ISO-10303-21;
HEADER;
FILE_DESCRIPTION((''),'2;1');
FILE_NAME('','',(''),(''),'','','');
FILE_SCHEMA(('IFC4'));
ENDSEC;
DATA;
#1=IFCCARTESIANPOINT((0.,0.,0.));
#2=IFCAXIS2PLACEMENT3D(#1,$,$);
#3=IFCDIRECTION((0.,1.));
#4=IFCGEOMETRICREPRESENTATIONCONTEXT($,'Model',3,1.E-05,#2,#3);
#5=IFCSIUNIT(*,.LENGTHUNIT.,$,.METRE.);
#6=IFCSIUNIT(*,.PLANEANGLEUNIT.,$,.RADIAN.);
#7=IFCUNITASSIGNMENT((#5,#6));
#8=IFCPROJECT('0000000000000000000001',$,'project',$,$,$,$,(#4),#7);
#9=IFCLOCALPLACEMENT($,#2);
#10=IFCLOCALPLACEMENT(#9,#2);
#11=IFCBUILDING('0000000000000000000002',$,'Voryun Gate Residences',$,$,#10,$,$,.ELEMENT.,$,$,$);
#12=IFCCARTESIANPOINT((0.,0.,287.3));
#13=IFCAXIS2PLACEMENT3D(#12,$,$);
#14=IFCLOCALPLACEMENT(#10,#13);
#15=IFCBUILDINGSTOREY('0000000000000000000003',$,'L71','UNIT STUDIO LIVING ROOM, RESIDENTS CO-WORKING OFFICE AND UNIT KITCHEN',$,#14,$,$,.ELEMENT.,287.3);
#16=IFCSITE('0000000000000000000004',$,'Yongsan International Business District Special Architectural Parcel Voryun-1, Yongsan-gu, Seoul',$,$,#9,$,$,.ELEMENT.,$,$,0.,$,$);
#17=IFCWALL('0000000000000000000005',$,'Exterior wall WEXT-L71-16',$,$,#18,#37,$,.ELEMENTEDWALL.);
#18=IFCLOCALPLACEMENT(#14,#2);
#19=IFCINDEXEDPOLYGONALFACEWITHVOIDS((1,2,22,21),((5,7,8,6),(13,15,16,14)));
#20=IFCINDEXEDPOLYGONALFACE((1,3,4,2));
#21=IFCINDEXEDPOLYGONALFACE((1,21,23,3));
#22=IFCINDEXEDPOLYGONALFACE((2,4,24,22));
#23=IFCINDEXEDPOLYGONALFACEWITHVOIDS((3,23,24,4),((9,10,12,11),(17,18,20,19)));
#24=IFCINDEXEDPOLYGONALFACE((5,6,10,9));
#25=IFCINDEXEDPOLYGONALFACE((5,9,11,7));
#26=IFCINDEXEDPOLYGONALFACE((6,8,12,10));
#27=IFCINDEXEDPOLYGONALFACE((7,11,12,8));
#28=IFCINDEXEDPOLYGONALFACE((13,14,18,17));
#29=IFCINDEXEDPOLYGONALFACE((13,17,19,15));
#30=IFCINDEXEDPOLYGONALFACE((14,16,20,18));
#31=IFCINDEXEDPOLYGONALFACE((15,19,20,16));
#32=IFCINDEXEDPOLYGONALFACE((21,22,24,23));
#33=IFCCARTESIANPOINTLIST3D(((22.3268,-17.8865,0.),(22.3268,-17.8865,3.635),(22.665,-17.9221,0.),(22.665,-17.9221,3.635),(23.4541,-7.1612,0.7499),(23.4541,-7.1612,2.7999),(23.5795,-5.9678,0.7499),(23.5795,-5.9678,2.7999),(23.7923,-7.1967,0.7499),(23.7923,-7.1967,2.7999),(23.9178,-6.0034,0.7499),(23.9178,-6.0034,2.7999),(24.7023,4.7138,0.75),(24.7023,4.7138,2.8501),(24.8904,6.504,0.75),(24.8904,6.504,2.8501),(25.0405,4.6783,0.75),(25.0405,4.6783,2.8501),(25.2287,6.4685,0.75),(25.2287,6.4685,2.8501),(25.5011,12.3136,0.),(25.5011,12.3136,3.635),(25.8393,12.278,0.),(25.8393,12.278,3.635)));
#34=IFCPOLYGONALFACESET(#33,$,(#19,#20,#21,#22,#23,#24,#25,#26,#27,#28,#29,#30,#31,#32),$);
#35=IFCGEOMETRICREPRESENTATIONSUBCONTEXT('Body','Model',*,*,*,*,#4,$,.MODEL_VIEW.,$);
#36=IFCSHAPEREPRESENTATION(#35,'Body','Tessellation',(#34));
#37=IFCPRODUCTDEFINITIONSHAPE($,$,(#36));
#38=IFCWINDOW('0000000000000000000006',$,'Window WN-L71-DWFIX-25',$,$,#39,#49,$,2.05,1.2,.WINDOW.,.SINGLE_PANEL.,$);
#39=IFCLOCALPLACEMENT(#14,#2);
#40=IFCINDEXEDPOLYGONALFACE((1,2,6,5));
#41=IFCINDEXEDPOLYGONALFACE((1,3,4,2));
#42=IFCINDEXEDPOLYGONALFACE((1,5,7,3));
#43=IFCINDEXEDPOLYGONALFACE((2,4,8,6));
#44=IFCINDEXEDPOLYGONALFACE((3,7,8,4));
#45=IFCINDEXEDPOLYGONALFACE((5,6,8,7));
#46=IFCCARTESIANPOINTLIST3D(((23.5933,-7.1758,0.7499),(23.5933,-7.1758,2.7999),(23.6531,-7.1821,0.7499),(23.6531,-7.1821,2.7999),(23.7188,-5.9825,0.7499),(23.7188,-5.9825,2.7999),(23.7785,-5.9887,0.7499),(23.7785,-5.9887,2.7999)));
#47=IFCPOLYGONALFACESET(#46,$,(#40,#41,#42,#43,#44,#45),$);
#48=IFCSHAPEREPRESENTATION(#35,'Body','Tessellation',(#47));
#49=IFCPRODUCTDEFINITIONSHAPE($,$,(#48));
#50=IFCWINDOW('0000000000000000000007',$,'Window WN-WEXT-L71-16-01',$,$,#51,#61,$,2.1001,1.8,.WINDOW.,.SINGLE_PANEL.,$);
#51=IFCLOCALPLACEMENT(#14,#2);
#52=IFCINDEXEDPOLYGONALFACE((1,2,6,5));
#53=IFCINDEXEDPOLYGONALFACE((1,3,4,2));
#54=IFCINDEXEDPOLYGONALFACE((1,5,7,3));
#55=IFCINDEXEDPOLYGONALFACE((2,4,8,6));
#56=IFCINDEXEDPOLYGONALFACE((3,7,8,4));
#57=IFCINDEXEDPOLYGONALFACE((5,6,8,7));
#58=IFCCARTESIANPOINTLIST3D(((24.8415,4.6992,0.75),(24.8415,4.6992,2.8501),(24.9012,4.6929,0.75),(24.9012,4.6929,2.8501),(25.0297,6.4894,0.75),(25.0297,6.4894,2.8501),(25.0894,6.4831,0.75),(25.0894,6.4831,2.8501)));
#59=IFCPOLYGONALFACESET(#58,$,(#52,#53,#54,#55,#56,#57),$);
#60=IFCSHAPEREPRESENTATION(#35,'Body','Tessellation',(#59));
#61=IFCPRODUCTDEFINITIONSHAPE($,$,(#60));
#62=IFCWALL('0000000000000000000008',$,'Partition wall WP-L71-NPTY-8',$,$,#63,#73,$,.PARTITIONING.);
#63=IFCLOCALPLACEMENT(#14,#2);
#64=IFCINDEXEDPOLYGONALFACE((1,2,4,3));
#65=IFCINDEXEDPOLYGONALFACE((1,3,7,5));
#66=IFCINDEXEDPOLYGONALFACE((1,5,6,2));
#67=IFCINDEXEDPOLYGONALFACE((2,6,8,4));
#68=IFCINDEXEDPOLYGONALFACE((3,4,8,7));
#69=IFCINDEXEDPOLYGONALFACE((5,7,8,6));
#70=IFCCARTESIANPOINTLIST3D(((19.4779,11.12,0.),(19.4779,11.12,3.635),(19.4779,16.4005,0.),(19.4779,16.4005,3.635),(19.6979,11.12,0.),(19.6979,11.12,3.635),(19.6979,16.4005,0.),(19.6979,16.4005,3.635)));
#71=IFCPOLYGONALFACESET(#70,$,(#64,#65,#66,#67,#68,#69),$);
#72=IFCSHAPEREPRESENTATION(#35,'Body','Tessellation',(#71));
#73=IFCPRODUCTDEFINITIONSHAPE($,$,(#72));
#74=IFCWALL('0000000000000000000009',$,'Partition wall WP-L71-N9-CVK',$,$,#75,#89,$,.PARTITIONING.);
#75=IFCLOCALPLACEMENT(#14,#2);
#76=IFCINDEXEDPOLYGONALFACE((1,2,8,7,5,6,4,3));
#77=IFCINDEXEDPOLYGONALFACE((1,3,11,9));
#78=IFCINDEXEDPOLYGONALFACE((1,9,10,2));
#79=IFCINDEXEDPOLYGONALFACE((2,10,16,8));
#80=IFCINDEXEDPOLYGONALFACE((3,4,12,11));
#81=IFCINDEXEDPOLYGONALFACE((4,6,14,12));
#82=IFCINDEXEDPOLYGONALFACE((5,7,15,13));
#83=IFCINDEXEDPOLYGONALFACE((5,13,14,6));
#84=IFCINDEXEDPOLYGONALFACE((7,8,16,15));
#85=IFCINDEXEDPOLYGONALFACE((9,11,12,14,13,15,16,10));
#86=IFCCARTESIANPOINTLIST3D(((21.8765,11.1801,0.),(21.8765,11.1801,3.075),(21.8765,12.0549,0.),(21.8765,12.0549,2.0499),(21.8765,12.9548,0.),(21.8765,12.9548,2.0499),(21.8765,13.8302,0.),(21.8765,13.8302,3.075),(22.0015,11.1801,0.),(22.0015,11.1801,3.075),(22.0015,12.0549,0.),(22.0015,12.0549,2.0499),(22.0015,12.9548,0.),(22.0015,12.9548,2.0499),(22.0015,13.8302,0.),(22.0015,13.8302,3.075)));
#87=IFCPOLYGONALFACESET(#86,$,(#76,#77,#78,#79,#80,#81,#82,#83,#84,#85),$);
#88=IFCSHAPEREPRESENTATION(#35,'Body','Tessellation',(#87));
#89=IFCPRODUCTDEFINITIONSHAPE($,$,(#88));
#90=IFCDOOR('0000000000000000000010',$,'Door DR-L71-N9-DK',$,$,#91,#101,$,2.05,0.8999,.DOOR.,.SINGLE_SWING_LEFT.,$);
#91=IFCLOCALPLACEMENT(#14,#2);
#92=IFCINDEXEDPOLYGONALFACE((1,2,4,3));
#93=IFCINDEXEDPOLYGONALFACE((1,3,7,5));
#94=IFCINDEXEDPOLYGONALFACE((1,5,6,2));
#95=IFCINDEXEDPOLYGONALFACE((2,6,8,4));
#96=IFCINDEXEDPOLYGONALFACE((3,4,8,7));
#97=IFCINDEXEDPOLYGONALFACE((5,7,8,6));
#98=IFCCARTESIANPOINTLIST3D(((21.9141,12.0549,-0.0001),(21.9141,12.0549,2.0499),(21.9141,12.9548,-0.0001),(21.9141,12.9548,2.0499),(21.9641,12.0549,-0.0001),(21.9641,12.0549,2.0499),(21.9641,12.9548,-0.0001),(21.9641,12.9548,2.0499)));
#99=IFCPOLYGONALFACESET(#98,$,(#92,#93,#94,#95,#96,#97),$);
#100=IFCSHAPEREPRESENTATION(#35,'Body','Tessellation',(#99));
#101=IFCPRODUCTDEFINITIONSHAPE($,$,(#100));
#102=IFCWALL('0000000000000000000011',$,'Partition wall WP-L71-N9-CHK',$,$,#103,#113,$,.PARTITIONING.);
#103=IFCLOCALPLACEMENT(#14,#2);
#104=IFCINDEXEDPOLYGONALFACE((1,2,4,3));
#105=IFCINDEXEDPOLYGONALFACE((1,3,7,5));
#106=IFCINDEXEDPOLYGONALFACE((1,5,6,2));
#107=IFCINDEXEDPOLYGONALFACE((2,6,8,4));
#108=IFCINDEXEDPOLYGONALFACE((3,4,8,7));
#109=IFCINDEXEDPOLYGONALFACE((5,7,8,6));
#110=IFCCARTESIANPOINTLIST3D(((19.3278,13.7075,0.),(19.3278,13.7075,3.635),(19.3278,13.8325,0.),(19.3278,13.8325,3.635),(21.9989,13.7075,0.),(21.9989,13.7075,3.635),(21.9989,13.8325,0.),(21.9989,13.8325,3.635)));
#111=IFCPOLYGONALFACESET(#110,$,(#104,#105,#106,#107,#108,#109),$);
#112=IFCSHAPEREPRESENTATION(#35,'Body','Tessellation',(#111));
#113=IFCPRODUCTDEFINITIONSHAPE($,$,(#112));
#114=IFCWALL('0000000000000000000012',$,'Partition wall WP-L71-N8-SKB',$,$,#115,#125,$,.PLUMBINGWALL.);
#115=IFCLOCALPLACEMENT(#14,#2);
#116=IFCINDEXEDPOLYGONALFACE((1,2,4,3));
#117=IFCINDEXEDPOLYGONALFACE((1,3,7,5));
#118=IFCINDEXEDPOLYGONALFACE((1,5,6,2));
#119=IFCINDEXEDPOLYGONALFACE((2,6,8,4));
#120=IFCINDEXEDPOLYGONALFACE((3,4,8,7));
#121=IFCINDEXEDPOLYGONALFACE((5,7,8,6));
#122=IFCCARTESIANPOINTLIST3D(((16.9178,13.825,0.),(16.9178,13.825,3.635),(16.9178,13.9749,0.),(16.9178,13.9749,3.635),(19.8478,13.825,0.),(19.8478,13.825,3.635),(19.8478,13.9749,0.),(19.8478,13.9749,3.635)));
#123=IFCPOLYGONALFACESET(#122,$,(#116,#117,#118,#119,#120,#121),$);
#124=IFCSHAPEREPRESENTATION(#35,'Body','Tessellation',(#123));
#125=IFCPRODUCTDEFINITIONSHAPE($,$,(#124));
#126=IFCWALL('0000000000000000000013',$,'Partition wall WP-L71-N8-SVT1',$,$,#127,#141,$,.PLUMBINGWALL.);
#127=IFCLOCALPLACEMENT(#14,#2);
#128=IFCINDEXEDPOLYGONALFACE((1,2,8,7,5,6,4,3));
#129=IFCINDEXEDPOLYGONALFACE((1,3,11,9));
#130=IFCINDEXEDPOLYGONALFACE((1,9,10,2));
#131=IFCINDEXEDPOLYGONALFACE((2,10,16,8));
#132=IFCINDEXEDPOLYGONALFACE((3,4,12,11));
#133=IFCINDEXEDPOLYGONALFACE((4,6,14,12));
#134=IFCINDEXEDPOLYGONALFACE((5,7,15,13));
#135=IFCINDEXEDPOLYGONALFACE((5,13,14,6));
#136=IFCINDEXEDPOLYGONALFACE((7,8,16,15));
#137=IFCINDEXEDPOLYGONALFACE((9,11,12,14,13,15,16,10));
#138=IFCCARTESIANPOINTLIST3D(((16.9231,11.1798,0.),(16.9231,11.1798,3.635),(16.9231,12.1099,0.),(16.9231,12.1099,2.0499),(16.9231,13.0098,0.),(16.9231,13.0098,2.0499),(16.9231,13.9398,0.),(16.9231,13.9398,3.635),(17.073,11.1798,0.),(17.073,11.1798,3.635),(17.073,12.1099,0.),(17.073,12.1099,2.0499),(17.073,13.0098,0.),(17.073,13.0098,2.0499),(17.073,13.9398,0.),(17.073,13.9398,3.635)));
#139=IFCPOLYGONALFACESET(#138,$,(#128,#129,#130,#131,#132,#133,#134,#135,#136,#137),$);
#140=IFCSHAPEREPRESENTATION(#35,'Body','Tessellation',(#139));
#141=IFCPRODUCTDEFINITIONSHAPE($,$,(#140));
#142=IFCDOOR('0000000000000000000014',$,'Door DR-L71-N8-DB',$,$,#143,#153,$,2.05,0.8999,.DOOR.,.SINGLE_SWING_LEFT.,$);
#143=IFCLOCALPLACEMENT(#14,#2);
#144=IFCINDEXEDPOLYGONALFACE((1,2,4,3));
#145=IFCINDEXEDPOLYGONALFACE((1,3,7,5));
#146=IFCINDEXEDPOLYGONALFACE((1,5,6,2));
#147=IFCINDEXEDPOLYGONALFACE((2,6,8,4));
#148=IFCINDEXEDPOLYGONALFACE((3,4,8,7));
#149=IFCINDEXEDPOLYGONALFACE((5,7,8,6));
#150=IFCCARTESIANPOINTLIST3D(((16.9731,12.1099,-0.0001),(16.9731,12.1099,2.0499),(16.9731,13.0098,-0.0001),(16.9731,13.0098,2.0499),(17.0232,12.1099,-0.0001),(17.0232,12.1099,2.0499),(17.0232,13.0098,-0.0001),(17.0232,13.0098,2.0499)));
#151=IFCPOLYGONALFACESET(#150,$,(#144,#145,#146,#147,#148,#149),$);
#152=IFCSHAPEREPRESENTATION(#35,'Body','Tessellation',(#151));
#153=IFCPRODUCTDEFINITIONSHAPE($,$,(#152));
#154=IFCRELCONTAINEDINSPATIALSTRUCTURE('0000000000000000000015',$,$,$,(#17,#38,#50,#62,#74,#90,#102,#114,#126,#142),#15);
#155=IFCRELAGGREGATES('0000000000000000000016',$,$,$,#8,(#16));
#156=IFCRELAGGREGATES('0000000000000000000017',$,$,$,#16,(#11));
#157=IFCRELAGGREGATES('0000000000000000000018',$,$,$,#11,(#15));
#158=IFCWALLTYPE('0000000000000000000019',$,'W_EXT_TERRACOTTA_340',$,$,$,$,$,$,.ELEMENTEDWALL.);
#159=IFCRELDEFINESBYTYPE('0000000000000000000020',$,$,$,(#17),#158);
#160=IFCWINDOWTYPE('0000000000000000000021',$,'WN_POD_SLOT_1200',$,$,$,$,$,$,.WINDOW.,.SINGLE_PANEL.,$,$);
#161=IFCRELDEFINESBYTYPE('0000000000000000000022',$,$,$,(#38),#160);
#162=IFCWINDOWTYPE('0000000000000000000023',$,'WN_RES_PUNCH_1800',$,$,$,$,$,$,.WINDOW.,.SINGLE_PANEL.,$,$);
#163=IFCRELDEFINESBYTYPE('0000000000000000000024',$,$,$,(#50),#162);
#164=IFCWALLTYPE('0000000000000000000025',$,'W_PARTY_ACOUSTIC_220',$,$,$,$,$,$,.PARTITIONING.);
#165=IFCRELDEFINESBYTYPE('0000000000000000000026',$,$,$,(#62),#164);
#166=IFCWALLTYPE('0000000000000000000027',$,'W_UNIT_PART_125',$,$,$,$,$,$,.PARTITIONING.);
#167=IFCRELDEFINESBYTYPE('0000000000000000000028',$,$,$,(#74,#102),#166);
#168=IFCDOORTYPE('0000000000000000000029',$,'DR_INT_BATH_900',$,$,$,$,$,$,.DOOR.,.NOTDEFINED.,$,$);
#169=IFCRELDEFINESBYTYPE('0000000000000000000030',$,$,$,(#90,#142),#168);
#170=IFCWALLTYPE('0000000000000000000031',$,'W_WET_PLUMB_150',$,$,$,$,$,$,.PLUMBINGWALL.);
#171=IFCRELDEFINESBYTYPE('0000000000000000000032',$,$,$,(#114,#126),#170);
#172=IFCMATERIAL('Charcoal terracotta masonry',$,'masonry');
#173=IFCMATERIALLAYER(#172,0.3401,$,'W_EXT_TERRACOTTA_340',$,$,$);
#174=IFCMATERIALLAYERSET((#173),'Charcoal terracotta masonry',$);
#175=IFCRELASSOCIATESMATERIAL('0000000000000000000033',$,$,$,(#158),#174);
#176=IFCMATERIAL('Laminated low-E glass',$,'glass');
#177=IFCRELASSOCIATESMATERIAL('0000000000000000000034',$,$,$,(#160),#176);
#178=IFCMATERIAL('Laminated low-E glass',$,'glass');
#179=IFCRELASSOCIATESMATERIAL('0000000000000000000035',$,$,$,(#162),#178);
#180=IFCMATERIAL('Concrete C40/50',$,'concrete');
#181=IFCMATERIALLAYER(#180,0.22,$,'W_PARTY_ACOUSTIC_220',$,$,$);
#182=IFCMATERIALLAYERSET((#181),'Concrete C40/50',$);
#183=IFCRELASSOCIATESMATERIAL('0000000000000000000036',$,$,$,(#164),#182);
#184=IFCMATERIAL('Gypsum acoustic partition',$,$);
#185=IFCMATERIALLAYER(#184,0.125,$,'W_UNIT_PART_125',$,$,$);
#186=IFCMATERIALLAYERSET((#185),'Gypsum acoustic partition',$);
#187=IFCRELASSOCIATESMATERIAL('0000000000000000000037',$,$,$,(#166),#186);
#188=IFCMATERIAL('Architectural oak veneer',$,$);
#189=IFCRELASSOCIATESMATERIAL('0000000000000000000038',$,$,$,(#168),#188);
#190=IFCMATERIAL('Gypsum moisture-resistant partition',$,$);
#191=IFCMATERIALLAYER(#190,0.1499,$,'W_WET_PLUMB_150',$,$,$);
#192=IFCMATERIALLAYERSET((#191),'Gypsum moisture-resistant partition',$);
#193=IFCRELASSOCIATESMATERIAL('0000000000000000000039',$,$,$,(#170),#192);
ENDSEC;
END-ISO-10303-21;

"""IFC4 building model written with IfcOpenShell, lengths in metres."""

from ifc_helpers import new_model, si_unit, direction, frame, frame_2d, origin, place, context, subcontext, project, spatial, rectangle, extrude, material, layer, layer_set, type_object, element, fill, save


model = new_model("IFC4")

# Units and contexts
model_context = context("Model", 3, precision=1e-05, world=origin(), true_north=direction((0.0, 1.0)))
body_context = subcontext(model_context, "Body", "Model", "MODEL_VIEW")
ifc_project = project(units=[si_unit("LENGTHUNIT", "METRE"), si_unit("PLANEANGLEUNIT", "RADIAN")], contexts=[model_context])

# Site, building, storey
site_placement = place(None, origin())
site = spatial("IfcSite", under=ifc_project, at=site_placement, Name="Yongsan International Business District Special Architectural Parcel Voryun-1, Yongsan-gu, Seoul", CompositionType="ELEMENT", RefElevation=0.0)
building_placement = place(site_placement, origin())
building = spatial("IfcBuilding", under=site, at=building_placement, Name="Voryun Gate Residences", CompositionType="ELEMENT")
storey_placement = place(building_placement, frame((0.0, 0.0, 287.3)))
storey = spatial("IfcBuildingStorey", under=building, at=storey_placement, Name="L71", Description="UNIT STUDIO LIVING ROOM, RESIDENTS CO-WORKING OFFICE AND UNIT KITCHEN", CompositionType="ELEMENT", Elevation=287.3)

# Shared definitions
ifc_material_1 = material(Name="Charcoal terracotta masonry", Category="masonry")
ifc_layer_1 = layer(ifc_material_1, 0.3401, Name="W_EXT_TERRACOTTA_340")
ifc_layer_set_1 = layer_set([ifc_layer_1], Name="Charcoal terracotta masonry")
wall_type_1 = type_object("IfcWallType", Name="W_EXT_TERRACOTTA_340", PredefinedType="ELEMENTEDWALL", material=ifc_layer_set_1)

# Wall, openings, windows
wall_1_placement = place(storey_placement, frame((25.6702, 12.2957, 0.0), z_axis=(0.0, 0.0, 1.0), x_axis=(-0.104533, -0.994521, 0.0)))
wall_1 = element("IfcWall", 1, at=wall_1_placement, inside=storey, type_object=wall_type_1, Name="Exterior wall WEXT-L71-16", PredefinedType="ELEMENTEDWALL", context=body_context, shape_type="SweptSolid", body=[
    extrude(rectangle(XDim=30.3665, YDim=0.3401, at=frame_2d((15.1831, 0.0))), origin(), (0.0, 0.0, 1.0), 3.635),
])
opening_1_placement = place(wall_1_placement, frame((5.8416, 0.0, 0.75)))
opening_1 = element("IfcOpeningElement", 2, at=opening_1_placement, cuts=wall_1, PredefinedType="OPENING", context=body_context, shape_type="SweptSolid", body=[
    extrude(rectangle(XDim=1.8, YDim=2.1001, at=frame_2d((0.8999, 1.05))), frame((0.0, 0.1799, 0.0), z_axis=(0.0, -1.0, 0.0), x_axis=(1.0, 0.0, 0.0)), (0.0, 0.0, 1.0), 0.3601),
])
opening_2_placement = place(wall_1_placement, frame((18.3818, 0.0, 0.75)))
opening_2 = element("IfcOpeningElement", 3, at=opening_2_placement, cuts=wall_1, PredefinedType="OPENING", context=body_context, shape_type="SweptSolid", body=[
    extrude(rectangle(XDim=1.2, YDim=2.05, at=frame_2d((0.6001, 1.0249))), frame((0.0, 0.1799, 0.0), z_axis=(0.0, -1.0, 0.0), x_axis=(1.0, 0.0, 0.0)), (0.0, 0.0, 1.0), 0.3601),
])
ifc_material_2 = material(Name="Laminated low-E glass", Category="glass")
window_type_1 = type_object("IfcWindowType", Name="WN_POD_SLOT_1200", PartitioningType="SINGLE_PANEL", PredefinedType="WINDOW", material=ifc_material_2)
window_1_placement = place(opening_2_placement, origin())
window_1 = element("IfcWindow", 4, at=window_1_placement, inside=storey, type_object=window_type_1, Name="Window WN-L71-DWFIX-25", OverallHeight=2.05, OverallWidth=1.2, PartitioningType="SINGLE_PANEL", PredefinedType="WINDOW", context=body_context, shape_type="SweptSolid", body=[
    extrude(rectangle(XDim=1.2, YDim=2.05, at=frame_2d((0.6001, 1.0249))), frame((0.0, 0.03, 0.0), z_axis=(0.0, -1.0, 0.0), x_axis=(1.0, 0.0, 0.0)), (0.0, 0.0, 1.0), 0.0601),
])
fill(opening_2, window_1)
ifc_material_3 = material(Name="Laminated low-E glass", Category="glass")
window_type_2 = type_object("IfcWindowType", Name="WN_RES_PUNCH_1800", PartitioningType="SINGLE_PANEL", PredefinedType="WINDOW", material=ifc_material_3)
window_2_placement = place(opening_1_placement, origin())
window_2 = element("IfcWindow", 5, at=window_2_placement, inside=storey, type_object=window_type_2, Name="Window WN-WEXT-L71-16-01", OverallHeight=2.1001, OverallWidth=1.8, PartitioningType="SINGLE_PANEL", PredefinedType="WINDOW", context=body_context, shape_type="SweptSolid", body=[
    extrude(rectangle(XDim=1.8, YDim=2.1001, at=frame_2d((0.8999, 1.05))), frame((0.0, 0.03, 0.0), z_axis=(0.0, -1.0, 0.0), x_axis=(1.0, 0.0, 0.0)), (0.0, 0.0, 1.0), 0.0601),
])
fill(opening_1, window_2)

# Wall
ifc_material_4 = material(Name="Concrete C40/50", Category="concrete")
ifc_layer_2 = layer(ifc_material_4, 0.22, Name="W_PARTY_ACOUSTIC_220")
ifc_layer_set_2 = layer_set([ifc_layer_2], Name="Concrete C40/50")
wall_type_2 = type_object("IfcWallType", Name="W_PARTY_ACOUSTIC_220", PredefinedType="PARTITIONING", material=ifc_layer_set_2)
wall_2_placement = place(storey_placement, frame((19.5879, 11.1201, 0.0), z_axis=(0.0, 0.0, 1.0), x_axis=(0.0, 1.0, 0.0)))
element("IfcWall", 6, at=wall_2_placement, inside=storey, type_object=wall_type_2, Name="Partition wall WP-L71-NPTY-8", PredefinedType="PARTITIONING", context=body_context, shape_type="SweptSolid", body=[
    extrude(rectangle(XDim=5.2805, YDim=0.22, at=frame_2d((2.6401, 0.0))), origin(), (0.0, 0.0, 1.0), 3.635),
])

# Wall, opening, door
ifc_material_5 = material(Name="Gypsum acoustic partition")
ifc_layer_3 = layer(ifc_material_5, 0.125, Name="W_UNIT_PART_125")
ifc_layer_set_3 = layer_set([ifc_layer_3], Name="Gypsum acoustic partition")
wall_type_3 = type_object("IfcWallType", Name="W_UNIT_PART_125", PredefinedType="PARTITIONING", material=ifc_layer_set_3)
wall_3_placement = place(storey_placement, frame((21.939, 11.1799, 0.0), z_axis=(0.0, 0.0, 1.0), x_axis=(0.0, 1.0, 0.0)))
wall_3 = element("IfcWall", 7, at=wall_3_placement, inside=storey, type_object=wall_type_3, Name="Partition wall WP-L71-N9-CVK", PredefinedType="PARTITIONING", context=body_context, shape_type="SweptSolid", body=[
    extrude(rectangle(XDim=2.6501, YDim=0.125, at=frame_2d((1.3252, 0.0))), origin(), (0.0, 0.0, 1.0), 3.075),
])
opening_3_placement = place(wall_3_placement, frame((0.875, 0.0, 0.0)))
opening_3 = element("IfcOpeningElement", 8, at=opening_3_placement, cuts=wall_3, PredefinedType="OPENING", context=body_context, shape_type="SweptSolid", body=[
    extrude(rectangle(XDim=0.8999, YDim=2.05, at=frame_2d((0.45, 1.0249))), frame((0.0, 0.0725, 0.0), z_axis=(0.0, -1.0, 0.0), x_axis=(1.0, 0.0, 0.0)), (0.0, 0.0, 1.0), 0.145),
])
ifc_material_6 = material(Name="Architectural oak veneer")
door_type = type_object("IfcDoorType", Name="DR_INT_BATH_900", OperationType="NOTDEFINED", PredefinedType="DOOR", material=ifc_material_6)
door_1_placement = place(opening_3_placement, origin())
door_1 = element("IfcDoor", 9, at=door_1_placement, inside=storey, type_object=door_type, Name="Door DR-L71-N9-DK", OperationType="SINGLE_SWING_LEFT", OverallHeight=2.05, OverallWidth=0.8999, PredefinedType="DOOR", context=body_context, shape_type="SweptSolid", body=[
    extrude(rectangle(XDim=0.8999, YDim=2.05, at=frame_2d((0.45, 1.0249))), frame((0.0, 0.0249, 0.0), z_axis=(0.0, -1.0, 0.0), x_axis=(1.0, 0.0, 0.0)), (0.0, 0.0, 1.0), 0.05),
])
fill(opening_3, door_1)

# Walls
wall_4_placement = place(storey_placement, frame((19.3279, 13.77, 0.0), z_axis=(0.0, 0.0, 1.0), x_axis=(1.0, 0.0, 0.0)))
element("IfcWall", 10, at=wall_4_placement, inside=storey, type_object=wall_type_3, Name="Partition wall WP-L71-N9-CHK", PredefinedType="PARTITIONING", context=body_context, shape_type="SweptSolid", body=[
    extrude(rectangle(XDim=2.6711, YDim=0.125, at=frame_2d((1.3354, 0.0))), origin(), (0.0, 0.0, 1.0), 3.635),
])
ifc_material_7 = material(Name="Gypsum moisture-resistant partition")
ifc_layer_4 = layer(ifc_material_7, 0.1499, Name="W_WET_PLUMB_150")
ifc_layer_set_4 = layer_set([ifc_layer_4], Name="Gypsum moisture-resistant partition")
wall_type_4 = type_object("IfcWallType", Name="W_WET_PLUMB_150", PredefinedType="PLUMBINGWALL", material=ifc_layer_set_4)
wall_5_placement = place(storey_placement, frame((16.918, 13.8999, 0.0), z_axis=(0.0, 0.0, 1.0), x_axis=(1.0, 0.0, 0.0)))
element("IfcWall", 11, at=wall_5_placement, inside=storey, type_object=wall_type_4, Name="Partition wall WP-L71-N8-SKB", PredefinedType="PLUMBINGWALL", context=body_context, shape_type="SweptSolid", body=[
    extrude(rectangle(XDim=2.9299, YDim=0.1499, at=frame_2d((1.4648, 0.0))), origin(), (0.0, 0.0, 1.0), 3.635),
])

# Wall, opening, door
wall_6_placement = place(storey_placement, frame((16.998, 11.1799, 0.0), z_axis=(0.0, 0.0, 1.0), x_axis=(0.0, 1.0, 0.0)))
wall_6 = element("IfcWall", 12, at=wall_6_placement, inside=storey, type_object=wall_type_4, Name="Partition wall WP-L71-N8-SVT1", PredefinedType="PLUMBINGWALL", context=body_context, shape_type="SweptSolid", body=[
    extrude(rectangle(XDim=2.76, YDim=0.1499, at=frame_2d((1.3799, 0.0))), origin(), (0.0, 0.0, 1.0), 3.635),
])
opening_4_placement = place(wall_6_placement, frame((0.9299, 0.0, 0.0)))
opening_4 = element("IfcOpeningElement", 13, at=opening_4_placement, cuts=wall_6, PredefinedType="OPENING", context=body_context, shape_type="SweptSolid", body=[
    extrude(rectangle(XDim=0.8999, YDim=2.05, at=frame_2d((0.45, 1.0249))), frame((0.0, 0.085, 0.0), z_axis=(0.0, -1.0, 0.0), x_axis=(1.0, 0.0, 0.0)), (0.0, 0.0, 1.0), 0.1699),
])
door_2_placement = place(opening_4_placement, origin())
door_2 = element("IfcDoor", 14, at=door_2_placement, inside=storey, type_object=door_type, Name="Door DR-L71-N8-DB", OperationType="SINGLE_SWING_LEFT", OverallHeight=2.05, OverallWidth=0.8999, PredefinedType="DOOR", context=body_context, shape_type="SweptSolid", body=[
    extrude(rectangle(XDim=0.8999, YDim=2.05, at=frame_2d((0.45, 1.0249))), frame((0.0, 0.0249, 0.0), z_axis=(0.0, -1.0, 0.0), x_axis=(1.0, 0.0, 0.0)), (0.0, 0.0, 1.0), 0.05),
])
fill(opening_4, door_2)

save(model, "model.ifc")
